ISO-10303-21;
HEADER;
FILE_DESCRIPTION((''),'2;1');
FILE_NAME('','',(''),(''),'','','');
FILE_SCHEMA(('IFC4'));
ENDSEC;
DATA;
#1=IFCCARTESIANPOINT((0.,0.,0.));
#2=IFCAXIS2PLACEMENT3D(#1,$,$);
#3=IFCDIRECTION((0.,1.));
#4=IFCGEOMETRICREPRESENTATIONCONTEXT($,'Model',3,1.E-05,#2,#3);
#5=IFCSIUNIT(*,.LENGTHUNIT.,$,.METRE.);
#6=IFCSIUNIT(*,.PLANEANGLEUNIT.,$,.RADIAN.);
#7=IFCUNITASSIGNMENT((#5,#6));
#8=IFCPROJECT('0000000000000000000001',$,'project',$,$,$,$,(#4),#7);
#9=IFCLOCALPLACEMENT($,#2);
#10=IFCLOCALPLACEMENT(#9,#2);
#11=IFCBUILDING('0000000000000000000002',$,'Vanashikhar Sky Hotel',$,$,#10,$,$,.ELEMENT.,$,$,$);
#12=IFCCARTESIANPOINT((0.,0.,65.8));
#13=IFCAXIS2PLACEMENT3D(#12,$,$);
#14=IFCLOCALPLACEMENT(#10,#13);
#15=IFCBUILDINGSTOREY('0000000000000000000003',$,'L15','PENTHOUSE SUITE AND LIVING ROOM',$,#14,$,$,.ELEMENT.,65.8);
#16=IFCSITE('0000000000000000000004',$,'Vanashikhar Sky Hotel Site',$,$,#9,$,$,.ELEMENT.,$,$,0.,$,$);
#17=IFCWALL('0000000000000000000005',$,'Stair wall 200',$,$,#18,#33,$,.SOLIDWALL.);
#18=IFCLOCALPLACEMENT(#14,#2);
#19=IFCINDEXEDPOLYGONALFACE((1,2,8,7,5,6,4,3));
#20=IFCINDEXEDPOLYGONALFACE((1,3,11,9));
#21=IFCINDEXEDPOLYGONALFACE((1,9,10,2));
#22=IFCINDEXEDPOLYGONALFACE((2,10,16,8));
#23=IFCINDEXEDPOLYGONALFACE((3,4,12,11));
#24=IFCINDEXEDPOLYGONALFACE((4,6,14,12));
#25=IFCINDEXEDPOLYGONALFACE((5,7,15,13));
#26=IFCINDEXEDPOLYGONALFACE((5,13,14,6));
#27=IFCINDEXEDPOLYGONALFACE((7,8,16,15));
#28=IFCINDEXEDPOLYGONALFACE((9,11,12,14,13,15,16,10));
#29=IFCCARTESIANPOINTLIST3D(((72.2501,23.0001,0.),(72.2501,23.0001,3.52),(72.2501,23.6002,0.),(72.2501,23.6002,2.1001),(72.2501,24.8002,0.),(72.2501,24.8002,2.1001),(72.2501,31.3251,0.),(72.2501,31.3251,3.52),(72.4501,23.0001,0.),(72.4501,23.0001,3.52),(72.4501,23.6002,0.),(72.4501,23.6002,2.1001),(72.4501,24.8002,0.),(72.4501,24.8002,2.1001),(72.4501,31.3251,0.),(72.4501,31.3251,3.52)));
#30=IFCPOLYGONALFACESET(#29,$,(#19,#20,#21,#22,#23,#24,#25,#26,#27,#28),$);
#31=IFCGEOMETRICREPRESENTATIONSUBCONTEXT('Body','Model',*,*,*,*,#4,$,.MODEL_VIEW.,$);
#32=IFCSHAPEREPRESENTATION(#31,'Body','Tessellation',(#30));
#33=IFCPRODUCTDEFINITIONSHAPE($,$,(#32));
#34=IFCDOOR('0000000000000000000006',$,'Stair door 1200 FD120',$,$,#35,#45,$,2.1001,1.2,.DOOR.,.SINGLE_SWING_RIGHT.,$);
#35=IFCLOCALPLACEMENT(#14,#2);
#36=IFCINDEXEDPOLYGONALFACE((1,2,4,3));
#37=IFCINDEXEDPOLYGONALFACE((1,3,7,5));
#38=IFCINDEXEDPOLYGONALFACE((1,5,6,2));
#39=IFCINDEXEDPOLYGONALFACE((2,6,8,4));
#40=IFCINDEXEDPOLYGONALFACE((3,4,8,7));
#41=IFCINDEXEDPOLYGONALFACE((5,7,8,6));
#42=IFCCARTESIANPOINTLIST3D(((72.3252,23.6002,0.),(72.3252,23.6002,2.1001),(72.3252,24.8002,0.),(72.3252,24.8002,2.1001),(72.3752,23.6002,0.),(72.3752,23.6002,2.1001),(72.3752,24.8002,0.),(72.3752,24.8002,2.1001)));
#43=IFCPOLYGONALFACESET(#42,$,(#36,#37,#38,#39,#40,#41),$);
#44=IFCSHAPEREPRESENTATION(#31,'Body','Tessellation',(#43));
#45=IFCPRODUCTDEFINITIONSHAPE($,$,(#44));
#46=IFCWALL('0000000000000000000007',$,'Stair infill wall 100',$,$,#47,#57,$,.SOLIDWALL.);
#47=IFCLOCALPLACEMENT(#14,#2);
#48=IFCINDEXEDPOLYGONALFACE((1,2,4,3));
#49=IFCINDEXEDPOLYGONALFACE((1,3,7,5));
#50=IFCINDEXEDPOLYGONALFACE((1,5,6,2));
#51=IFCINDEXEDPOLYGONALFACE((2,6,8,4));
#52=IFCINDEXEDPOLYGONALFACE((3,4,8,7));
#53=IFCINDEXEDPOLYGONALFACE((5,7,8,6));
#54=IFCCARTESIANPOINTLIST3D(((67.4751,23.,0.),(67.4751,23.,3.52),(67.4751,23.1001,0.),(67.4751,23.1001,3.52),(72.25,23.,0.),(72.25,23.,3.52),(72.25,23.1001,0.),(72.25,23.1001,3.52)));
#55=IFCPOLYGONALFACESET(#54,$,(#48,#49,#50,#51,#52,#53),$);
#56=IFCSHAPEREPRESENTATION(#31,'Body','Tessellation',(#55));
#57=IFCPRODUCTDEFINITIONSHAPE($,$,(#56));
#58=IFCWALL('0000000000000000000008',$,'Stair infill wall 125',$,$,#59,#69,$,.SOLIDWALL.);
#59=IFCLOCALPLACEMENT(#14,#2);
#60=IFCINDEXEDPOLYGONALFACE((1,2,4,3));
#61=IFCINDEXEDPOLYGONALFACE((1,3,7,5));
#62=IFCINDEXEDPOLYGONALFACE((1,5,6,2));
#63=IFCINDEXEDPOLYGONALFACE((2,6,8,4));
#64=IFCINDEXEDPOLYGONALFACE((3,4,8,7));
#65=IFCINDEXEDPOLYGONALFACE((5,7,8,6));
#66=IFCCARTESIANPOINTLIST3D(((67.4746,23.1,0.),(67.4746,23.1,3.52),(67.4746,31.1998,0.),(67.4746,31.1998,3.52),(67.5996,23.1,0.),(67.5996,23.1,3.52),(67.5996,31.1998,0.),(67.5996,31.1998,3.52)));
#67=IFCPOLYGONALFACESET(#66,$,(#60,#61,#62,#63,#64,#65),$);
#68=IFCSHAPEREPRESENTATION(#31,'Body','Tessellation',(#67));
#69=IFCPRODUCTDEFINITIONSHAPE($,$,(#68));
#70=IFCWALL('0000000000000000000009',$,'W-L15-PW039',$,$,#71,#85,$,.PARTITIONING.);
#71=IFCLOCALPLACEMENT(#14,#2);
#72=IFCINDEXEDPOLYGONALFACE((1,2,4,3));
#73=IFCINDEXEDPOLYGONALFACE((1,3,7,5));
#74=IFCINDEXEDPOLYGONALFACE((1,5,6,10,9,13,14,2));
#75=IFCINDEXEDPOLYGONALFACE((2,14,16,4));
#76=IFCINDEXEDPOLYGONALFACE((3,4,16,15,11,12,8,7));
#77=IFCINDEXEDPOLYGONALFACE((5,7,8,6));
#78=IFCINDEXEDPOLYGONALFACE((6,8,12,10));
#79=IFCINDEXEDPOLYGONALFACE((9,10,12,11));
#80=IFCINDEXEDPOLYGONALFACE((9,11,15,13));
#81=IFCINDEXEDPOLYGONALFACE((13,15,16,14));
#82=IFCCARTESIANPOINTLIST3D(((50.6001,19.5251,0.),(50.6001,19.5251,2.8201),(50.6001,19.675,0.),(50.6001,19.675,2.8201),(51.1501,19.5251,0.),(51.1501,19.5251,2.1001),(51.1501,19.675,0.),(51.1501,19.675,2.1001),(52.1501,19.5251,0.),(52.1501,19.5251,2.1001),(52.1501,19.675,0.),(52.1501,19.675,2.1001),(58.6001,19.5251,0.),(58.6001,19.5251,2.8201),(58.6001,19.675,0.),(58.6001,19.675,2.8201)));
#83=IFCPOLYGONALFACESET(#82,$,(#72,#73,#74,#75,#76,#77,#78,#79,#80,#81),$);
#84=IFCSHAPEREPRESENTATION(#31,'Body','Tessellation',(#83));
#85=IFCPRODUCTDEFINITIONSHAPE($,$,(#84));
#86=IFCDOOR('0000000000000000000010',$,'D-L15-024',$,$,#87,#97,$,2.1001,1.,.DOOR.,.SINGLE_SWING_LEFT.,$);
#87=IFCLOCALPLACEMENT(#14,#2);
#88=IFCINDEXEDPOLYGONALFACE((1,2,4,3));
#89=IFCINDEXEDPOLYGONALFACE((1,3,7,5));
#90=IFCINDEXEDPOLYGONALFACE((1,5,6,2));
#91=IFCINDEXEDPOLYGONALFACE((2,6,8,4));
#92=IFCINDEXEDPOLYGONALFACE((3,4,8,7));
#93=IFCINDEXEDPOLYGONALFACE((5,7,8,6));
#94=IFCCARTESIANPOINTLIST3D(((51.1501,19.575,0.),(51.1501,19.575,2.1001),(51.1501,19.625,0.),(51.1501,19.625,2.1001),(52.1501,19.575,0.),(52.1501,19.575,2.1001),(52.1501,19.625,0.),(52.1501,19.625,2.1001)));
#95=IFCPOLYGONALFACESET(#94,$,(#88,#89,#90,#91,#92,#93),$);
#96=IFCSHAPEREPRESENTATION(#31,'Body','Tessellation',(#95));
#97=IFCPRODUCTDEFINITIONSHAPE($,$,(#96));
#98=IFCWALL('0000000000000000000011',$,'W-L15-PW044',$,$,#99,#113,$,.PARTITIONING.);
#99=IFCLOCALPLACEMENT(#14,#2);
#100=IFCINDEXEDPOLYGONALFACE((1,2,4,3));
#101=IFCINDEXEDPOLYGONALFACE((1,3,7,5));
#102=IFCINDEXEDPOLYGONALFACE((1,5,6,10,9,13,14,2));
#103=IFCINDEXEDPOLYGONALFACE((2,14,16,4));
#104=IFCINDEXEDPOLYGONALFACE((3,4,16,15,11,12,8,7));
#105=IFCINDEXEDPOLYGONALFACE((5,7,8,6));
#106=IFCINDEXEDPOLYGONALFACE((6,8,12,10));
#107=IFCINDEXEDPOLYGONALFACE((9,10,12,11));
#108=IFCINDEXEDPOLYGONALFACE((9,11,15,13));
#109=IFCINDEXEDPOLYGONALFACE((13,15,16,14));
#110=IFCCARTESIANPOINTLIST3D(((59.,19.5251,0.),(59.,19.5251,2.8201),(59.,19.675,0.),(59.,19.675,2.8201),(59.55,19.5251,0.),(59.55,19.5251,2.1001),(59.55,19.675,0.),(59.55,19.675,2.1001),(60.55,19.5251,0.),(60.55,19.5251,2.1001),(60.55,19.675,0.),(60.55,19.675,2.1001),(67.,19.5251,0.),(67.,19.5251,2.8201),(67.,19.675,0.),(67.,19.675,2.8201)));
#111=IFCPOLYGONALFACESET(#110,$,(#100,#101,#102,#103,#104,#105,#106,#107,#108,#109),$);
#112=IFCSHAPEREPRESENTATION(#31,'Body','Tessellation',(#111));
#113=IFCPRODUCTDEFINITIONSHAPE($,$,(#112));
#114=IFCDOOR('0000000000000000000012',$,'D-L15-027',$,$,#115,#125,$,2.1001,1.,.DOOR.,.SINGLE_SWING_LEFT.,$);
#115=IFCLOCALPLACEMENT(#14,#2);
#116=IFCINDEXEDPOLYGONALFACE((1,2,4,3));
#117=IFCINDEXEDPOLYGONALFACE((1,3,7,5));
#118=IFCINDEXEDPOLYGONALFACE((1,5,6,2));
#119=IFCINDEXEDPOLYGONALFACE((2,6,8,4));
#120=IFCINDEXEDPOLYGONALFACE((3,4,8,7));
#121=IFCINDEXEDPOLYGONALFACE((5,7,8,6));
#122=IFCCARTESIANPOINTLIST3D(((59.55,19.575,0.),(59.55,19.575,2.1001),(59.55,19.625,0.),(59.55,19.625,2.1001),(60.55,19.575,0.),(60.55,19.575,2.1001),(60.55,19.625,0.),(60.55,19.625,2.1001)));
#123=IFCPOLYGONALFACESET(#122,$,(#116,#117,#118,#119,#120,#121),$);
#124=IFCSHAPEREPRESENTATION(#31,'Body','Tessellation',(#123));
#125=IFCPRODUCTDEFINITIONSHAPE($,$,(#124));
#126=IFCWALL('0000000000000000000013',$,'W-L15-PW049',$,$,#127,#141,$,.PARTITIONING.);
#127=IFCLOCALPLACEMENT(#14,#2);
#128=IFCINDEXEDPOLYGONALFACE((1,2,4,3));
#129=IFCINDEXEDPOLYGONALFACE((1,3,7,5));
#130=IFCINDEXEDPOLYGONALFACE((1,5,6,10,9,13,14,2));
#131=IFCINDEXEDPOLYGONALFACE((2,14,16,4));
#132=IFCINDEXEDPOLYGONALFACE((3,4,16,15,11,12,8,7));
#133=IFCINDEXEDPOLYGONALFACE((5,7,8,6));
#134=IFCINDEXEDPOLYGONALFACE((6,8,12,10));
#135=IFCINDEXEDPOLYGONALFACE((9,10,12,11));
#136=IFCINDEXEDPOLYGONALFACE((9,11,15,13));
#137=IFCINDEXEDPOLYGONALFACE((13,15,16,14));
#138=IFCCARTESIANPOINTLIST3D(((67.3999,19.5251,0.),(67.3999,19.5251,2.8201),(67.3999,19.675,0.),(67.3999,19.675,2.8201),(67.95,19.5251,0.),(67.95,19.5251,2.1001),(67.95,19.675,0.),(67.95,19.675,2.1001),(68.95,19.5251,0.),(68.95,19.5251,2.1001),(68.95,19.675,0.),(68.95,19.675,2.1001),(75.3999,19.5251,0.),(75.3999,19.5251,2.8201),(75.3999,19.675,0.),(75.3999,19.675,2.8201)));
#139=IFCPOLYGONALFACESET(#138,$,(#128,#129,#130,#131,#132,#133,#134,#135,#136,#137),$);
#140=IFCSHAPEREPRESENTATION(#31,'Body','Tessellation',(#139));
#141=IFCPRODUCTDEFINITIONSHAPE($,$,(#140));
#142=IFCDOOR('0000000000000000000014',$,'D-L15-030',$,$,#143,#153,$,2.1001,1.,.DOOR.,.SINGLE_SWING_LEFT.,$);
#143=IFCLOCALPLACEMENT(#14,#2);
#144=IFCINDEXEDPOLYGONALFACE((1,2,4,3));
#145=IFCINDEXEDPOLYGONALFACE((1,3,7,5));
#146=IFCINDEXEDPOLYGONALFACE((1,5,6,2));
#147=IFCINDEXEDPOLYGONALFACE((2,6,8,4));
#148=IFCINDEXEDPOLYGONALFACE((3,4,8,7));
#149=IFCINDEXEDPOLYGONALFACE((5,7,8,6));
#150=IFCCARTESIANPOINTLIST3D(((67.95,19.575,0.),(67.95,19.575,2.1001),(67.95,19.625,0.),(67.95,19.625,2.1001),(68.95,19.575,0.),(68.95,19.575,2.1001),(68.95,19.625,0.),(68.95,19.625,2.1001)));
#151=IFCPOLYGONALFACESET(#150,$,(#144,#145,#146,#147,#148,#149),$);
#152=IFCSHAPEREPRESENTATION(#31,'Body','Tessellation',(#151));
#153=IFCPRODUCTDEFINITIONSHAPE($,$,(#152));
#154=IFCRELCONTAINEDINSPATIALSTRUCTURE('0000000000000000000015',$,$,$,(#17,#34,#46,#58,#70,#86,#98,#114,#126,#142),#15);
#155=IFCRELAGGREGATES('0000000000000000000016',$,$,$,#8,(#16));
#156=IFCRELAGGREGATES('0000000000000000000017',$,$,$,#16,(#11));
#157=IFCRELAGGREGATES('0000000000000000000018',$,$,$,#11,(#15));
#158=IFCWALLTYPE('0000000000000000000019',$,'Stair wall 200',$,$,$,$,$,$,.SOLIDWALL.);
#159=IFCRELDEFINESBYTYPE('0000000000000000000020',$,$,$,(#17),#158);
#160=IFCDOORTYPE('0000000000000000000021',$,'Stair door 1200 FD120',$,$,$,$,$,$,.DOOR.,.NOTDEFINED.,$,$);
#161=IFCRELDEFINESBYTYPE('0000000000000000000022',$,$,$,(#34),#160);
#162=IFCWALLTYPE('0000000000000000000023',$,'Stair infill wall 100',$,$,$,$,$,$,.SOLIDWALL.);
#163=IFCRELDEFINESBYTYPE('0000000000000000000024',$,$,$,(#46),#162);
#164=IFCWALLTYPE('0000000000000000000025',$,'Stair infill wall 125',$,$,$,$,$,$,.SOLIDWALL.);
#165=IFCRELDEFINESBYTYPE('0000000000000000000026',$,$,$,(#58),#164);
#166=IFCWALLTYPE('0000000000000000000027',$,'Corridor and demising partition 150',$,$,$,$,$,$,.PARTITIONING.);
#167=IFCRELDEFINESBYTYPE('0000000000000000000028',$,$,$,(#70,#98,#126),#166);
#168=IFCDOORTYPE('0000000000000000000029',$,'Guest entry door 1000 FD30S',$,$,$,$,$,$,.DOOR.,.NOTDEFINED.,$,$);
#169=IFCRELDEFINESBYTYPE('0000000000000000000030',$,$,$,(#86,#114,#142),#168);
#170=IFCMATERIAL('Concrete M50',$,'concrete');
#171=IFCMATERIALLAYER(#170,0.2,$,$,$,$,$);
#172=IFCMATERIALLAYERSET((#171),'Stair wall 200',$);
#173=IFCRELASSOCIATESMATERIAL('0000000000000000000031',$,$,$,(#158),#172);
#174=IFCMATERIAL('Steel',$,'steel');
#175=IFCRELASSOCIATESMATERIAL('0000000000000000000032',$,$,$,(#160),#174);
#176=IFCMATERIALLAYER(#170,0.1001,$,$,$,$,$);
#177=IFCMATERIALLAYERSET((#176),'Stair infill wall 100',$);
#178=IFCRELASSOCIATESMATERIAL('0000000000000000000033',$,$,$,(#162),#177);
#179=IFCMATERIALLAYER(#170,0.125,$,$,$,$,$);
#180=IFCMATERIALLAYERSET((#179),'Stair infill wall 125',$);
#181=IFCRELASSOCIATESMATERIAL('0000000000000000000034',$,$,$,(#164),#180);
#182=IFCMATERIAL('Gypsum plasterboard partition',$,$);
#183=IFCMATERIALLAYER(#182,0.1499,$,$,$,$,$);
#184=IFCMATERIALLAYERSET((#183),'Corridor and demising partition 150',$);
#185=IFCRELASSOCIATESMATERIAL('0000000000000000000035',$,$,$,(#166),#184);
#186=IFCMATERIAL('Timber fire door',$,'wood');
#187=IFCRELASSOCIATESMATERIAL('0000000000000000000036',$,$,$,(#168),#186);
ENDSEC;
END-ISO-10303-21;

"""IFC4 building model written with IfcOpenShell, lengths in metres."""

from ifc_helpers import new_model, si_unit, direction, frame, frame_2d, origin, place, context, subcontext, project, spatial, rectangle, extrude, source, transform, mapped, material, layer, layer_set, type_object, element, fill, save


model = new_model("IFC4")

# Units and contexts
model_context = context("Model", 3, precision=1e-05, world=origin(), true_north=direction((0.0, 1.0)))
body_context = subcontext(model_context, "Body", "Model", "MODEL_VIEW")
ifc_project = project(units=[si_unit("LENGTHUNIT", "METRE"), si_unit("PLANEANGLEUNIT", "RADIAN")], contexts=[model_context])

# Site, building, storey
site_placement = place(None, origin())
site = spatial("IfcSite", under=ifc_project, at=site_placement, Name="Vanashikhar Sky Hotel Site", CompositionType="ELEMENT", RefElevation=0.0)
building_placement = place(site_placement, origin())
building = spatial("IfcBuilding", under=site, at=building_placement, Name="Vanashikhar Sky Hotel", CompositionType="ELEMENT")
storey_placement = place(building_placement, frame((0.0, 0.0, 65.8)))
storey = spatial("IfcBuildingStorey", under=building, at=storey_placement, Name="L15", Description="PENTHOUSE SUITE AND LIVING ROOM", CompositionType="ELEMENT", Elevation=65.8)

# Shared definitions
ifc_material_1 = material(Name="Concrete M50", Category="concrete")

# Shared definitions
ifc_material_2 = material(Name="Steel", Category="steel")

# Wall, opening, door
ifc_layer_1 = layer(ifc_material_1, 0.2)
ifc_layer_set_1 = layer_set([ifc_layer_1], Name="Stair wall 200")
wall_type_1 = type_object("IfcWallType", Name="Stair wall 200", PredefinedType="SOLIDWALL", material=ifc_layer_set_1)
shared_shape_1 = source(origin(), body_context, "Body", "SweptSolid", [
    extrude(rectangle(XDim=8.325, YDim=0.2, at=frame_2d((4.1626, 0.0))), origin(), (0.0, 0.0, 1.0), 3.52),
])
wall_1_placement = place(storey_placement, frame((72.3501, 23.0, 0.0), z_axis=(0.0, 0.0, 1.0), x_axis=(0.0, 1.0, 0.0)))
wall_1 = element("IfcWall", 1, at=wall_1_placement, inside=storey, type_object=wall_type_1, Name="Stair wall 200", PredefinedType="SOLIDWALL", context=body_context, shape_type="MappedRepresentation", body=[
    mapped(shared_shape_1, transform((0.0, 0.0, 0.0), scale=1.0)),
])
shared_shape_2 = source(origin(), body_context, "Body", "SweptSolid", [
    extrude(rectangle(XDim=1.2, YDim=2.1001, at=frame_2d((0.6001, 1.05))), frame((0.0, 0.1099, 0.0), z_axis=(0.0, -1.0, 0.0), x_axis=(1.0, 0.0, 0.0)), (0.0, 0.0, 1.0), 0.22),
])
opening_1_placement = place(wall_1_placement, frame((0.6001, 0.0, 0.0)))
opening_1 = element("IfcOpeningElement", 2, at=opening_1_placement, cuts=wall_1, PredefinedType="OPENING", context=body_context, shape_type="MappedRepresentation", body=[
    mapped(shared_shape_2, transform((0.0, 0.0, 0.0), scale=1.0)),
])
door_type_1 = type_object("IfcDoorType", Name="Stair door 1200 FD120", OperationType="NOTDEFINED", PredefinedType="DOOR", material=ifc_material_2)
shared_shape_3 = source(origin(), body_context, "Body", "SweptSolid", [
    extrude(rectangle(XDim=1.2, YDim=2.1001, at=frame_2d((0.6001, 1.05))), frame((0.0, 0.0249, 0.0), z_axis=(0.0, -1.0, 0.0), x_axis=(1.0, 0.0, 0.0)), (0.0, 0.0, 1.0), 0.05),
])
door_1_placement = place(opening_1_placement, origin())
door_1 = element("IfcDoor", 3, at=door_1_placement, inside=storey, type_object=door_type_1, Name="Stair door 1200 FD120", OperationType="SINGLE_SWING_RIGHT", OverallHeight=2.1001, OverallWidth=1.2, PredefinedType="DOOR", context=body_context, shape_type="MappedRepresentation", body=[
    mapped(shared_shape_3, transform((0.0, 0.0, 0.0), scale=1.0)),
])
fill(opening_1, door_1)

# Walls
ifc_layer_2 = layer(ifc_material_1, 0.1001)
ifc_layer_set_2 = layer_set([ifc_layer_2], Name="Stair infill wall 100")
wall_type_2 = type_object("IfcWallType", Name="Stair infill wall 100", PredefinedType="SOLIDWALL", material=ifc_layer_set_2)
shared_shape_4 = source(origin(), body_context, "Body", "SweptSolid", [
    extrude(rectangle(XDim=4.7749, YDim=0.1001, at=frame_2d((2.3875, 0.0))), origin(), (0.0, 0.0, 1.0), 3.52),
])
wall_2_placement = place(storey_placement, frame((67.4751, 23.05, 0.0), z_axis=(0.0, 0.0, 1.0), x_axis=(1.0, 0.0, 0.0)))
element("IfcWall", 4, at=wall_2_placement, inside=storey, type_object=wall_type_2, Name="Stair infill wall 100", PredefinedType="SOLIDWALL", context=body_context, shape_type="MappedRepresentation", body=[
    mapped(shared_shape_4, transform((0.0, 0.0, 0.0), scale=1.0)),
])
ifc_layer_3 = layer(ifc_material_1, 0.125)
ifc_layer_set_3 = layer_set([ifc_layer_3], Name="Stair infill wall 125")
wall_type_3 = type_object("IfcWallType", Name="Stair infill wall 125", PredefinedType="SOLIDWALL", material=ifc_layer_set_3)
shared_shape_5 = source(origin(), body_context, "Body", "SweptSolid", [
    extrude(rectangle(XDim=8.0999, YDim=0.125, at=frame_2d((4.0498, 0.0))), origin(), (0.0, 0.0, 1.0), 3.52),
])
wall_3_placement = place(storey_placement, frame((67.5371, 23.1001, 0.0), z_axis=(0.0, 0.0, 1.0), x_axis=(0.0, 1.0, 0.0)))
element("IfcWall", 5, at=wall_3_placement, inside=storey, type_object=wall_type_3, Name="Stair infill wall 125", PredefinedType="SOLIDWALL", context=body_context, shape_type="MappedRepresentation", body=[
    mapped(shared_shape_5, transform((0.0, 0.0, 0.0), scale=1.0)),
])

# Walls, openings, doors
ifc_material_3 = material(Name="Gypsum plasterboard partition")
ifc_layer_4 = layer(ifc_material_3, 0.1499)
ifc_layer_set_4 = layer_set([ifc_layer_4], Name="Corridor and demising partition 150")
wall_type_4 = type_object("IfcWallType", Name="Corridor and demising partition 150", PredefinedType="PARTITIONING", material=ifc_layer_set_4)
shared_shape_6 = source(origin(), body_context, "Body", "SweptSolid", [
    extrude(rectangle(XDim=8.0, YDim=0.1499, at=frame_2d((4.0, 0.0))), origin(), (0.0, 0.0, 1.0), 2.8201),
])
wall_4_placement = place(storey_placement, frame((50.6001, 19.6001, 0.0), z_axis=(0.0, 0.0, 1.0), x_axis=(1.0, 0.0, 0.0)))
wall_4 = element("IfcWall", 6, at=wall_4_placement, inside=storey, type_object=wall_type_4, Name="W-L15-PW039", PredefinedType="PARTITIONING", context=body_context, shape_type="MappedRepresentation", body=[
    mapped(shared_shape_6, transform((0.0, 0.0, 0.0), scale=1.0)),
])
shared_shape_7 = source(origin(), body_context, "Body", "SweptSolid", [
    extrude(rectangle(XDim=1.0, YDim=2.1001, at=frame_2d((0.5, 1.05))), frame((0.0, 0.085, 0.0), z_axis=(0.0, -1.0, 0.0), x_axis=(1.0, 0.0, 0.0)), (0.0, 0.0, 1.0), 0.1699),
])
opening_2_placement = place(wall_4_placement, frame((0.55, 0.0, 0.0)))
opening_2 = element("IfcOpeningElement", 7, at=opening_2_placement, cuts=wall_4, PredefinedType="OPENING", context=body_context, shape_type="MappedRepresentation", body=[
    mapped(shared_shape_7, transform((0.0, 0.0, 0.0), scale=1.0)),
])
ifc_material_4 = material(Name="Timber fire door", Category="wood")
door_type_2 = type_object("IfcDoorType", Name="Guest entry door 1000 FD30S", OperationType="NOTDEFINED", PredefinedType="DOOR", material=ifc_material_4)
shared_shape_8 = source(origin(), body_context, "Body", "SweptSolid", [
    extrude(rectangle(XDim=1.0, YDim=2.1001, at=frame_2d((0.5, 1.05))), frame((0.0, 0.0249, 0.0), z_axis=(0.0, -1.0, 0.0), x_axis=(1.0, 0.0, 0.0)), (0.0, 0.0, 1.0), 0.05),
])
door_2_placement = place(opening_2_placement, origin())
door_2 = element("IfcDoor", 8, at=door_2_placement, inside=storey, type_object=door_type_2, Name="D-L15-024", OperationType="SINGLE_SWING_LEFT", OverallHeight=2.1001, OverallWidth=1.0, PredefinedType="DOOR", context=body_context, shape_type="MappedRepresentation", body=[
    mapped(shared_shape_8, transform((0.0, 0.0, 0.0), scale=1.0)),
])
fill(opening_2, door_2)
wall_5_placement = place(storey_placement, frame((59.0, 19.6001, 0.0), z_axis=(0.0, 0.0, 1.0), x_axis=(1.0, 0.0, 0.0)))
wall_5 = element("IfcWall", 9, at=wall_5_placement, inside=storey, type_object=wall_type_4, Name="W-L15-PW044", PredefinedType="PARTITIONING", context=body_context, shape_type="MappedRepresentation", body=[
    mapped(shared_shape_6, transform((0.0, 0.0, 0.0), scale=1.0)),
])
opening_3_placement = place(wall_5_placement, frame((0.55, 0.0, 0.0)))
opening_3 = element("IfcOpeningElement", 10, at=opening_3_placement, cuts=wall_5, PredefinedType="OPENING", context=body_context, shape_type="MappedRepresentation", body=[
    mapped(shared_shape_7, transform((0.0, 0.0, 0.0), scale=1.0)),
])
door_3_placement = place(opening_3_placement, origin())
door_3 = element("IfcDoor", 11, at=door_3_placement, inside=storey, type_object=door_type_2, Name="D-L15-027", OperationType="SINGLE_SWING_LEFT", OverallHeight=2.1001, OverallWidth=1.0, PredefinedType="DOOR", context=body_context, shape_type="MappedRepresentation", body=[
    mapped(shared_shape_8, transform((0.0, 0.0, 0.0), scale=1.0)),
])
fill(opening_3, door_3)
wall_6_placement = place(storey_placement, frame((67.3999, 19.6001, 0.0), z_axis=(0.0, 0.0, 1.0), x_axis=(1.0, 0.0, 0.0)))
wall_6 = element("IfcWall", 12, at=wall_6_placement, inside=storey, type_object=wall_type_4, Name="W-L15-PW049", PredefinedType="PARTITIONING", context=body_context, shape_type="MappedRepresentation", body=[
    mapped(shared_shape_6, transform((0.0, 0.0, 0.0), scale=1.0)),
])
opening_4_placement = place(wall_6_placement, frame((0.55, 0.0, 0.0)))
opening_4 = element("IfcOpeningElement", 13, at=opening_4_placement, cuts=wall_6, PredefinedType="OPENING", context=body_context, shape_type="MappedRepresentation", body=[
    mapped(shared_shape_7, transform((0.0, 0.0, 0.0), scale=1.0)),
])
door_4_placement = place(opening_4_placement, origin())
door_4 = element("IfcDoor", 14, at=door_4_placement, inside=storey, type_object=door_type_2, Name="D-L15-030", OperationType="SINGLE_SWING_LEFT", OverallHeight=2.1001, OverallWidth=1.0, PredefinedType="DOOR", context=body_context, shape_type="MappedRepresentation", body=[
    mapped(shared_shape_8, transform((0.0, 0.0, 0.0), scale=1.0)),
])
fill(opening_4, door_4)

save(model, "model.ifc")
